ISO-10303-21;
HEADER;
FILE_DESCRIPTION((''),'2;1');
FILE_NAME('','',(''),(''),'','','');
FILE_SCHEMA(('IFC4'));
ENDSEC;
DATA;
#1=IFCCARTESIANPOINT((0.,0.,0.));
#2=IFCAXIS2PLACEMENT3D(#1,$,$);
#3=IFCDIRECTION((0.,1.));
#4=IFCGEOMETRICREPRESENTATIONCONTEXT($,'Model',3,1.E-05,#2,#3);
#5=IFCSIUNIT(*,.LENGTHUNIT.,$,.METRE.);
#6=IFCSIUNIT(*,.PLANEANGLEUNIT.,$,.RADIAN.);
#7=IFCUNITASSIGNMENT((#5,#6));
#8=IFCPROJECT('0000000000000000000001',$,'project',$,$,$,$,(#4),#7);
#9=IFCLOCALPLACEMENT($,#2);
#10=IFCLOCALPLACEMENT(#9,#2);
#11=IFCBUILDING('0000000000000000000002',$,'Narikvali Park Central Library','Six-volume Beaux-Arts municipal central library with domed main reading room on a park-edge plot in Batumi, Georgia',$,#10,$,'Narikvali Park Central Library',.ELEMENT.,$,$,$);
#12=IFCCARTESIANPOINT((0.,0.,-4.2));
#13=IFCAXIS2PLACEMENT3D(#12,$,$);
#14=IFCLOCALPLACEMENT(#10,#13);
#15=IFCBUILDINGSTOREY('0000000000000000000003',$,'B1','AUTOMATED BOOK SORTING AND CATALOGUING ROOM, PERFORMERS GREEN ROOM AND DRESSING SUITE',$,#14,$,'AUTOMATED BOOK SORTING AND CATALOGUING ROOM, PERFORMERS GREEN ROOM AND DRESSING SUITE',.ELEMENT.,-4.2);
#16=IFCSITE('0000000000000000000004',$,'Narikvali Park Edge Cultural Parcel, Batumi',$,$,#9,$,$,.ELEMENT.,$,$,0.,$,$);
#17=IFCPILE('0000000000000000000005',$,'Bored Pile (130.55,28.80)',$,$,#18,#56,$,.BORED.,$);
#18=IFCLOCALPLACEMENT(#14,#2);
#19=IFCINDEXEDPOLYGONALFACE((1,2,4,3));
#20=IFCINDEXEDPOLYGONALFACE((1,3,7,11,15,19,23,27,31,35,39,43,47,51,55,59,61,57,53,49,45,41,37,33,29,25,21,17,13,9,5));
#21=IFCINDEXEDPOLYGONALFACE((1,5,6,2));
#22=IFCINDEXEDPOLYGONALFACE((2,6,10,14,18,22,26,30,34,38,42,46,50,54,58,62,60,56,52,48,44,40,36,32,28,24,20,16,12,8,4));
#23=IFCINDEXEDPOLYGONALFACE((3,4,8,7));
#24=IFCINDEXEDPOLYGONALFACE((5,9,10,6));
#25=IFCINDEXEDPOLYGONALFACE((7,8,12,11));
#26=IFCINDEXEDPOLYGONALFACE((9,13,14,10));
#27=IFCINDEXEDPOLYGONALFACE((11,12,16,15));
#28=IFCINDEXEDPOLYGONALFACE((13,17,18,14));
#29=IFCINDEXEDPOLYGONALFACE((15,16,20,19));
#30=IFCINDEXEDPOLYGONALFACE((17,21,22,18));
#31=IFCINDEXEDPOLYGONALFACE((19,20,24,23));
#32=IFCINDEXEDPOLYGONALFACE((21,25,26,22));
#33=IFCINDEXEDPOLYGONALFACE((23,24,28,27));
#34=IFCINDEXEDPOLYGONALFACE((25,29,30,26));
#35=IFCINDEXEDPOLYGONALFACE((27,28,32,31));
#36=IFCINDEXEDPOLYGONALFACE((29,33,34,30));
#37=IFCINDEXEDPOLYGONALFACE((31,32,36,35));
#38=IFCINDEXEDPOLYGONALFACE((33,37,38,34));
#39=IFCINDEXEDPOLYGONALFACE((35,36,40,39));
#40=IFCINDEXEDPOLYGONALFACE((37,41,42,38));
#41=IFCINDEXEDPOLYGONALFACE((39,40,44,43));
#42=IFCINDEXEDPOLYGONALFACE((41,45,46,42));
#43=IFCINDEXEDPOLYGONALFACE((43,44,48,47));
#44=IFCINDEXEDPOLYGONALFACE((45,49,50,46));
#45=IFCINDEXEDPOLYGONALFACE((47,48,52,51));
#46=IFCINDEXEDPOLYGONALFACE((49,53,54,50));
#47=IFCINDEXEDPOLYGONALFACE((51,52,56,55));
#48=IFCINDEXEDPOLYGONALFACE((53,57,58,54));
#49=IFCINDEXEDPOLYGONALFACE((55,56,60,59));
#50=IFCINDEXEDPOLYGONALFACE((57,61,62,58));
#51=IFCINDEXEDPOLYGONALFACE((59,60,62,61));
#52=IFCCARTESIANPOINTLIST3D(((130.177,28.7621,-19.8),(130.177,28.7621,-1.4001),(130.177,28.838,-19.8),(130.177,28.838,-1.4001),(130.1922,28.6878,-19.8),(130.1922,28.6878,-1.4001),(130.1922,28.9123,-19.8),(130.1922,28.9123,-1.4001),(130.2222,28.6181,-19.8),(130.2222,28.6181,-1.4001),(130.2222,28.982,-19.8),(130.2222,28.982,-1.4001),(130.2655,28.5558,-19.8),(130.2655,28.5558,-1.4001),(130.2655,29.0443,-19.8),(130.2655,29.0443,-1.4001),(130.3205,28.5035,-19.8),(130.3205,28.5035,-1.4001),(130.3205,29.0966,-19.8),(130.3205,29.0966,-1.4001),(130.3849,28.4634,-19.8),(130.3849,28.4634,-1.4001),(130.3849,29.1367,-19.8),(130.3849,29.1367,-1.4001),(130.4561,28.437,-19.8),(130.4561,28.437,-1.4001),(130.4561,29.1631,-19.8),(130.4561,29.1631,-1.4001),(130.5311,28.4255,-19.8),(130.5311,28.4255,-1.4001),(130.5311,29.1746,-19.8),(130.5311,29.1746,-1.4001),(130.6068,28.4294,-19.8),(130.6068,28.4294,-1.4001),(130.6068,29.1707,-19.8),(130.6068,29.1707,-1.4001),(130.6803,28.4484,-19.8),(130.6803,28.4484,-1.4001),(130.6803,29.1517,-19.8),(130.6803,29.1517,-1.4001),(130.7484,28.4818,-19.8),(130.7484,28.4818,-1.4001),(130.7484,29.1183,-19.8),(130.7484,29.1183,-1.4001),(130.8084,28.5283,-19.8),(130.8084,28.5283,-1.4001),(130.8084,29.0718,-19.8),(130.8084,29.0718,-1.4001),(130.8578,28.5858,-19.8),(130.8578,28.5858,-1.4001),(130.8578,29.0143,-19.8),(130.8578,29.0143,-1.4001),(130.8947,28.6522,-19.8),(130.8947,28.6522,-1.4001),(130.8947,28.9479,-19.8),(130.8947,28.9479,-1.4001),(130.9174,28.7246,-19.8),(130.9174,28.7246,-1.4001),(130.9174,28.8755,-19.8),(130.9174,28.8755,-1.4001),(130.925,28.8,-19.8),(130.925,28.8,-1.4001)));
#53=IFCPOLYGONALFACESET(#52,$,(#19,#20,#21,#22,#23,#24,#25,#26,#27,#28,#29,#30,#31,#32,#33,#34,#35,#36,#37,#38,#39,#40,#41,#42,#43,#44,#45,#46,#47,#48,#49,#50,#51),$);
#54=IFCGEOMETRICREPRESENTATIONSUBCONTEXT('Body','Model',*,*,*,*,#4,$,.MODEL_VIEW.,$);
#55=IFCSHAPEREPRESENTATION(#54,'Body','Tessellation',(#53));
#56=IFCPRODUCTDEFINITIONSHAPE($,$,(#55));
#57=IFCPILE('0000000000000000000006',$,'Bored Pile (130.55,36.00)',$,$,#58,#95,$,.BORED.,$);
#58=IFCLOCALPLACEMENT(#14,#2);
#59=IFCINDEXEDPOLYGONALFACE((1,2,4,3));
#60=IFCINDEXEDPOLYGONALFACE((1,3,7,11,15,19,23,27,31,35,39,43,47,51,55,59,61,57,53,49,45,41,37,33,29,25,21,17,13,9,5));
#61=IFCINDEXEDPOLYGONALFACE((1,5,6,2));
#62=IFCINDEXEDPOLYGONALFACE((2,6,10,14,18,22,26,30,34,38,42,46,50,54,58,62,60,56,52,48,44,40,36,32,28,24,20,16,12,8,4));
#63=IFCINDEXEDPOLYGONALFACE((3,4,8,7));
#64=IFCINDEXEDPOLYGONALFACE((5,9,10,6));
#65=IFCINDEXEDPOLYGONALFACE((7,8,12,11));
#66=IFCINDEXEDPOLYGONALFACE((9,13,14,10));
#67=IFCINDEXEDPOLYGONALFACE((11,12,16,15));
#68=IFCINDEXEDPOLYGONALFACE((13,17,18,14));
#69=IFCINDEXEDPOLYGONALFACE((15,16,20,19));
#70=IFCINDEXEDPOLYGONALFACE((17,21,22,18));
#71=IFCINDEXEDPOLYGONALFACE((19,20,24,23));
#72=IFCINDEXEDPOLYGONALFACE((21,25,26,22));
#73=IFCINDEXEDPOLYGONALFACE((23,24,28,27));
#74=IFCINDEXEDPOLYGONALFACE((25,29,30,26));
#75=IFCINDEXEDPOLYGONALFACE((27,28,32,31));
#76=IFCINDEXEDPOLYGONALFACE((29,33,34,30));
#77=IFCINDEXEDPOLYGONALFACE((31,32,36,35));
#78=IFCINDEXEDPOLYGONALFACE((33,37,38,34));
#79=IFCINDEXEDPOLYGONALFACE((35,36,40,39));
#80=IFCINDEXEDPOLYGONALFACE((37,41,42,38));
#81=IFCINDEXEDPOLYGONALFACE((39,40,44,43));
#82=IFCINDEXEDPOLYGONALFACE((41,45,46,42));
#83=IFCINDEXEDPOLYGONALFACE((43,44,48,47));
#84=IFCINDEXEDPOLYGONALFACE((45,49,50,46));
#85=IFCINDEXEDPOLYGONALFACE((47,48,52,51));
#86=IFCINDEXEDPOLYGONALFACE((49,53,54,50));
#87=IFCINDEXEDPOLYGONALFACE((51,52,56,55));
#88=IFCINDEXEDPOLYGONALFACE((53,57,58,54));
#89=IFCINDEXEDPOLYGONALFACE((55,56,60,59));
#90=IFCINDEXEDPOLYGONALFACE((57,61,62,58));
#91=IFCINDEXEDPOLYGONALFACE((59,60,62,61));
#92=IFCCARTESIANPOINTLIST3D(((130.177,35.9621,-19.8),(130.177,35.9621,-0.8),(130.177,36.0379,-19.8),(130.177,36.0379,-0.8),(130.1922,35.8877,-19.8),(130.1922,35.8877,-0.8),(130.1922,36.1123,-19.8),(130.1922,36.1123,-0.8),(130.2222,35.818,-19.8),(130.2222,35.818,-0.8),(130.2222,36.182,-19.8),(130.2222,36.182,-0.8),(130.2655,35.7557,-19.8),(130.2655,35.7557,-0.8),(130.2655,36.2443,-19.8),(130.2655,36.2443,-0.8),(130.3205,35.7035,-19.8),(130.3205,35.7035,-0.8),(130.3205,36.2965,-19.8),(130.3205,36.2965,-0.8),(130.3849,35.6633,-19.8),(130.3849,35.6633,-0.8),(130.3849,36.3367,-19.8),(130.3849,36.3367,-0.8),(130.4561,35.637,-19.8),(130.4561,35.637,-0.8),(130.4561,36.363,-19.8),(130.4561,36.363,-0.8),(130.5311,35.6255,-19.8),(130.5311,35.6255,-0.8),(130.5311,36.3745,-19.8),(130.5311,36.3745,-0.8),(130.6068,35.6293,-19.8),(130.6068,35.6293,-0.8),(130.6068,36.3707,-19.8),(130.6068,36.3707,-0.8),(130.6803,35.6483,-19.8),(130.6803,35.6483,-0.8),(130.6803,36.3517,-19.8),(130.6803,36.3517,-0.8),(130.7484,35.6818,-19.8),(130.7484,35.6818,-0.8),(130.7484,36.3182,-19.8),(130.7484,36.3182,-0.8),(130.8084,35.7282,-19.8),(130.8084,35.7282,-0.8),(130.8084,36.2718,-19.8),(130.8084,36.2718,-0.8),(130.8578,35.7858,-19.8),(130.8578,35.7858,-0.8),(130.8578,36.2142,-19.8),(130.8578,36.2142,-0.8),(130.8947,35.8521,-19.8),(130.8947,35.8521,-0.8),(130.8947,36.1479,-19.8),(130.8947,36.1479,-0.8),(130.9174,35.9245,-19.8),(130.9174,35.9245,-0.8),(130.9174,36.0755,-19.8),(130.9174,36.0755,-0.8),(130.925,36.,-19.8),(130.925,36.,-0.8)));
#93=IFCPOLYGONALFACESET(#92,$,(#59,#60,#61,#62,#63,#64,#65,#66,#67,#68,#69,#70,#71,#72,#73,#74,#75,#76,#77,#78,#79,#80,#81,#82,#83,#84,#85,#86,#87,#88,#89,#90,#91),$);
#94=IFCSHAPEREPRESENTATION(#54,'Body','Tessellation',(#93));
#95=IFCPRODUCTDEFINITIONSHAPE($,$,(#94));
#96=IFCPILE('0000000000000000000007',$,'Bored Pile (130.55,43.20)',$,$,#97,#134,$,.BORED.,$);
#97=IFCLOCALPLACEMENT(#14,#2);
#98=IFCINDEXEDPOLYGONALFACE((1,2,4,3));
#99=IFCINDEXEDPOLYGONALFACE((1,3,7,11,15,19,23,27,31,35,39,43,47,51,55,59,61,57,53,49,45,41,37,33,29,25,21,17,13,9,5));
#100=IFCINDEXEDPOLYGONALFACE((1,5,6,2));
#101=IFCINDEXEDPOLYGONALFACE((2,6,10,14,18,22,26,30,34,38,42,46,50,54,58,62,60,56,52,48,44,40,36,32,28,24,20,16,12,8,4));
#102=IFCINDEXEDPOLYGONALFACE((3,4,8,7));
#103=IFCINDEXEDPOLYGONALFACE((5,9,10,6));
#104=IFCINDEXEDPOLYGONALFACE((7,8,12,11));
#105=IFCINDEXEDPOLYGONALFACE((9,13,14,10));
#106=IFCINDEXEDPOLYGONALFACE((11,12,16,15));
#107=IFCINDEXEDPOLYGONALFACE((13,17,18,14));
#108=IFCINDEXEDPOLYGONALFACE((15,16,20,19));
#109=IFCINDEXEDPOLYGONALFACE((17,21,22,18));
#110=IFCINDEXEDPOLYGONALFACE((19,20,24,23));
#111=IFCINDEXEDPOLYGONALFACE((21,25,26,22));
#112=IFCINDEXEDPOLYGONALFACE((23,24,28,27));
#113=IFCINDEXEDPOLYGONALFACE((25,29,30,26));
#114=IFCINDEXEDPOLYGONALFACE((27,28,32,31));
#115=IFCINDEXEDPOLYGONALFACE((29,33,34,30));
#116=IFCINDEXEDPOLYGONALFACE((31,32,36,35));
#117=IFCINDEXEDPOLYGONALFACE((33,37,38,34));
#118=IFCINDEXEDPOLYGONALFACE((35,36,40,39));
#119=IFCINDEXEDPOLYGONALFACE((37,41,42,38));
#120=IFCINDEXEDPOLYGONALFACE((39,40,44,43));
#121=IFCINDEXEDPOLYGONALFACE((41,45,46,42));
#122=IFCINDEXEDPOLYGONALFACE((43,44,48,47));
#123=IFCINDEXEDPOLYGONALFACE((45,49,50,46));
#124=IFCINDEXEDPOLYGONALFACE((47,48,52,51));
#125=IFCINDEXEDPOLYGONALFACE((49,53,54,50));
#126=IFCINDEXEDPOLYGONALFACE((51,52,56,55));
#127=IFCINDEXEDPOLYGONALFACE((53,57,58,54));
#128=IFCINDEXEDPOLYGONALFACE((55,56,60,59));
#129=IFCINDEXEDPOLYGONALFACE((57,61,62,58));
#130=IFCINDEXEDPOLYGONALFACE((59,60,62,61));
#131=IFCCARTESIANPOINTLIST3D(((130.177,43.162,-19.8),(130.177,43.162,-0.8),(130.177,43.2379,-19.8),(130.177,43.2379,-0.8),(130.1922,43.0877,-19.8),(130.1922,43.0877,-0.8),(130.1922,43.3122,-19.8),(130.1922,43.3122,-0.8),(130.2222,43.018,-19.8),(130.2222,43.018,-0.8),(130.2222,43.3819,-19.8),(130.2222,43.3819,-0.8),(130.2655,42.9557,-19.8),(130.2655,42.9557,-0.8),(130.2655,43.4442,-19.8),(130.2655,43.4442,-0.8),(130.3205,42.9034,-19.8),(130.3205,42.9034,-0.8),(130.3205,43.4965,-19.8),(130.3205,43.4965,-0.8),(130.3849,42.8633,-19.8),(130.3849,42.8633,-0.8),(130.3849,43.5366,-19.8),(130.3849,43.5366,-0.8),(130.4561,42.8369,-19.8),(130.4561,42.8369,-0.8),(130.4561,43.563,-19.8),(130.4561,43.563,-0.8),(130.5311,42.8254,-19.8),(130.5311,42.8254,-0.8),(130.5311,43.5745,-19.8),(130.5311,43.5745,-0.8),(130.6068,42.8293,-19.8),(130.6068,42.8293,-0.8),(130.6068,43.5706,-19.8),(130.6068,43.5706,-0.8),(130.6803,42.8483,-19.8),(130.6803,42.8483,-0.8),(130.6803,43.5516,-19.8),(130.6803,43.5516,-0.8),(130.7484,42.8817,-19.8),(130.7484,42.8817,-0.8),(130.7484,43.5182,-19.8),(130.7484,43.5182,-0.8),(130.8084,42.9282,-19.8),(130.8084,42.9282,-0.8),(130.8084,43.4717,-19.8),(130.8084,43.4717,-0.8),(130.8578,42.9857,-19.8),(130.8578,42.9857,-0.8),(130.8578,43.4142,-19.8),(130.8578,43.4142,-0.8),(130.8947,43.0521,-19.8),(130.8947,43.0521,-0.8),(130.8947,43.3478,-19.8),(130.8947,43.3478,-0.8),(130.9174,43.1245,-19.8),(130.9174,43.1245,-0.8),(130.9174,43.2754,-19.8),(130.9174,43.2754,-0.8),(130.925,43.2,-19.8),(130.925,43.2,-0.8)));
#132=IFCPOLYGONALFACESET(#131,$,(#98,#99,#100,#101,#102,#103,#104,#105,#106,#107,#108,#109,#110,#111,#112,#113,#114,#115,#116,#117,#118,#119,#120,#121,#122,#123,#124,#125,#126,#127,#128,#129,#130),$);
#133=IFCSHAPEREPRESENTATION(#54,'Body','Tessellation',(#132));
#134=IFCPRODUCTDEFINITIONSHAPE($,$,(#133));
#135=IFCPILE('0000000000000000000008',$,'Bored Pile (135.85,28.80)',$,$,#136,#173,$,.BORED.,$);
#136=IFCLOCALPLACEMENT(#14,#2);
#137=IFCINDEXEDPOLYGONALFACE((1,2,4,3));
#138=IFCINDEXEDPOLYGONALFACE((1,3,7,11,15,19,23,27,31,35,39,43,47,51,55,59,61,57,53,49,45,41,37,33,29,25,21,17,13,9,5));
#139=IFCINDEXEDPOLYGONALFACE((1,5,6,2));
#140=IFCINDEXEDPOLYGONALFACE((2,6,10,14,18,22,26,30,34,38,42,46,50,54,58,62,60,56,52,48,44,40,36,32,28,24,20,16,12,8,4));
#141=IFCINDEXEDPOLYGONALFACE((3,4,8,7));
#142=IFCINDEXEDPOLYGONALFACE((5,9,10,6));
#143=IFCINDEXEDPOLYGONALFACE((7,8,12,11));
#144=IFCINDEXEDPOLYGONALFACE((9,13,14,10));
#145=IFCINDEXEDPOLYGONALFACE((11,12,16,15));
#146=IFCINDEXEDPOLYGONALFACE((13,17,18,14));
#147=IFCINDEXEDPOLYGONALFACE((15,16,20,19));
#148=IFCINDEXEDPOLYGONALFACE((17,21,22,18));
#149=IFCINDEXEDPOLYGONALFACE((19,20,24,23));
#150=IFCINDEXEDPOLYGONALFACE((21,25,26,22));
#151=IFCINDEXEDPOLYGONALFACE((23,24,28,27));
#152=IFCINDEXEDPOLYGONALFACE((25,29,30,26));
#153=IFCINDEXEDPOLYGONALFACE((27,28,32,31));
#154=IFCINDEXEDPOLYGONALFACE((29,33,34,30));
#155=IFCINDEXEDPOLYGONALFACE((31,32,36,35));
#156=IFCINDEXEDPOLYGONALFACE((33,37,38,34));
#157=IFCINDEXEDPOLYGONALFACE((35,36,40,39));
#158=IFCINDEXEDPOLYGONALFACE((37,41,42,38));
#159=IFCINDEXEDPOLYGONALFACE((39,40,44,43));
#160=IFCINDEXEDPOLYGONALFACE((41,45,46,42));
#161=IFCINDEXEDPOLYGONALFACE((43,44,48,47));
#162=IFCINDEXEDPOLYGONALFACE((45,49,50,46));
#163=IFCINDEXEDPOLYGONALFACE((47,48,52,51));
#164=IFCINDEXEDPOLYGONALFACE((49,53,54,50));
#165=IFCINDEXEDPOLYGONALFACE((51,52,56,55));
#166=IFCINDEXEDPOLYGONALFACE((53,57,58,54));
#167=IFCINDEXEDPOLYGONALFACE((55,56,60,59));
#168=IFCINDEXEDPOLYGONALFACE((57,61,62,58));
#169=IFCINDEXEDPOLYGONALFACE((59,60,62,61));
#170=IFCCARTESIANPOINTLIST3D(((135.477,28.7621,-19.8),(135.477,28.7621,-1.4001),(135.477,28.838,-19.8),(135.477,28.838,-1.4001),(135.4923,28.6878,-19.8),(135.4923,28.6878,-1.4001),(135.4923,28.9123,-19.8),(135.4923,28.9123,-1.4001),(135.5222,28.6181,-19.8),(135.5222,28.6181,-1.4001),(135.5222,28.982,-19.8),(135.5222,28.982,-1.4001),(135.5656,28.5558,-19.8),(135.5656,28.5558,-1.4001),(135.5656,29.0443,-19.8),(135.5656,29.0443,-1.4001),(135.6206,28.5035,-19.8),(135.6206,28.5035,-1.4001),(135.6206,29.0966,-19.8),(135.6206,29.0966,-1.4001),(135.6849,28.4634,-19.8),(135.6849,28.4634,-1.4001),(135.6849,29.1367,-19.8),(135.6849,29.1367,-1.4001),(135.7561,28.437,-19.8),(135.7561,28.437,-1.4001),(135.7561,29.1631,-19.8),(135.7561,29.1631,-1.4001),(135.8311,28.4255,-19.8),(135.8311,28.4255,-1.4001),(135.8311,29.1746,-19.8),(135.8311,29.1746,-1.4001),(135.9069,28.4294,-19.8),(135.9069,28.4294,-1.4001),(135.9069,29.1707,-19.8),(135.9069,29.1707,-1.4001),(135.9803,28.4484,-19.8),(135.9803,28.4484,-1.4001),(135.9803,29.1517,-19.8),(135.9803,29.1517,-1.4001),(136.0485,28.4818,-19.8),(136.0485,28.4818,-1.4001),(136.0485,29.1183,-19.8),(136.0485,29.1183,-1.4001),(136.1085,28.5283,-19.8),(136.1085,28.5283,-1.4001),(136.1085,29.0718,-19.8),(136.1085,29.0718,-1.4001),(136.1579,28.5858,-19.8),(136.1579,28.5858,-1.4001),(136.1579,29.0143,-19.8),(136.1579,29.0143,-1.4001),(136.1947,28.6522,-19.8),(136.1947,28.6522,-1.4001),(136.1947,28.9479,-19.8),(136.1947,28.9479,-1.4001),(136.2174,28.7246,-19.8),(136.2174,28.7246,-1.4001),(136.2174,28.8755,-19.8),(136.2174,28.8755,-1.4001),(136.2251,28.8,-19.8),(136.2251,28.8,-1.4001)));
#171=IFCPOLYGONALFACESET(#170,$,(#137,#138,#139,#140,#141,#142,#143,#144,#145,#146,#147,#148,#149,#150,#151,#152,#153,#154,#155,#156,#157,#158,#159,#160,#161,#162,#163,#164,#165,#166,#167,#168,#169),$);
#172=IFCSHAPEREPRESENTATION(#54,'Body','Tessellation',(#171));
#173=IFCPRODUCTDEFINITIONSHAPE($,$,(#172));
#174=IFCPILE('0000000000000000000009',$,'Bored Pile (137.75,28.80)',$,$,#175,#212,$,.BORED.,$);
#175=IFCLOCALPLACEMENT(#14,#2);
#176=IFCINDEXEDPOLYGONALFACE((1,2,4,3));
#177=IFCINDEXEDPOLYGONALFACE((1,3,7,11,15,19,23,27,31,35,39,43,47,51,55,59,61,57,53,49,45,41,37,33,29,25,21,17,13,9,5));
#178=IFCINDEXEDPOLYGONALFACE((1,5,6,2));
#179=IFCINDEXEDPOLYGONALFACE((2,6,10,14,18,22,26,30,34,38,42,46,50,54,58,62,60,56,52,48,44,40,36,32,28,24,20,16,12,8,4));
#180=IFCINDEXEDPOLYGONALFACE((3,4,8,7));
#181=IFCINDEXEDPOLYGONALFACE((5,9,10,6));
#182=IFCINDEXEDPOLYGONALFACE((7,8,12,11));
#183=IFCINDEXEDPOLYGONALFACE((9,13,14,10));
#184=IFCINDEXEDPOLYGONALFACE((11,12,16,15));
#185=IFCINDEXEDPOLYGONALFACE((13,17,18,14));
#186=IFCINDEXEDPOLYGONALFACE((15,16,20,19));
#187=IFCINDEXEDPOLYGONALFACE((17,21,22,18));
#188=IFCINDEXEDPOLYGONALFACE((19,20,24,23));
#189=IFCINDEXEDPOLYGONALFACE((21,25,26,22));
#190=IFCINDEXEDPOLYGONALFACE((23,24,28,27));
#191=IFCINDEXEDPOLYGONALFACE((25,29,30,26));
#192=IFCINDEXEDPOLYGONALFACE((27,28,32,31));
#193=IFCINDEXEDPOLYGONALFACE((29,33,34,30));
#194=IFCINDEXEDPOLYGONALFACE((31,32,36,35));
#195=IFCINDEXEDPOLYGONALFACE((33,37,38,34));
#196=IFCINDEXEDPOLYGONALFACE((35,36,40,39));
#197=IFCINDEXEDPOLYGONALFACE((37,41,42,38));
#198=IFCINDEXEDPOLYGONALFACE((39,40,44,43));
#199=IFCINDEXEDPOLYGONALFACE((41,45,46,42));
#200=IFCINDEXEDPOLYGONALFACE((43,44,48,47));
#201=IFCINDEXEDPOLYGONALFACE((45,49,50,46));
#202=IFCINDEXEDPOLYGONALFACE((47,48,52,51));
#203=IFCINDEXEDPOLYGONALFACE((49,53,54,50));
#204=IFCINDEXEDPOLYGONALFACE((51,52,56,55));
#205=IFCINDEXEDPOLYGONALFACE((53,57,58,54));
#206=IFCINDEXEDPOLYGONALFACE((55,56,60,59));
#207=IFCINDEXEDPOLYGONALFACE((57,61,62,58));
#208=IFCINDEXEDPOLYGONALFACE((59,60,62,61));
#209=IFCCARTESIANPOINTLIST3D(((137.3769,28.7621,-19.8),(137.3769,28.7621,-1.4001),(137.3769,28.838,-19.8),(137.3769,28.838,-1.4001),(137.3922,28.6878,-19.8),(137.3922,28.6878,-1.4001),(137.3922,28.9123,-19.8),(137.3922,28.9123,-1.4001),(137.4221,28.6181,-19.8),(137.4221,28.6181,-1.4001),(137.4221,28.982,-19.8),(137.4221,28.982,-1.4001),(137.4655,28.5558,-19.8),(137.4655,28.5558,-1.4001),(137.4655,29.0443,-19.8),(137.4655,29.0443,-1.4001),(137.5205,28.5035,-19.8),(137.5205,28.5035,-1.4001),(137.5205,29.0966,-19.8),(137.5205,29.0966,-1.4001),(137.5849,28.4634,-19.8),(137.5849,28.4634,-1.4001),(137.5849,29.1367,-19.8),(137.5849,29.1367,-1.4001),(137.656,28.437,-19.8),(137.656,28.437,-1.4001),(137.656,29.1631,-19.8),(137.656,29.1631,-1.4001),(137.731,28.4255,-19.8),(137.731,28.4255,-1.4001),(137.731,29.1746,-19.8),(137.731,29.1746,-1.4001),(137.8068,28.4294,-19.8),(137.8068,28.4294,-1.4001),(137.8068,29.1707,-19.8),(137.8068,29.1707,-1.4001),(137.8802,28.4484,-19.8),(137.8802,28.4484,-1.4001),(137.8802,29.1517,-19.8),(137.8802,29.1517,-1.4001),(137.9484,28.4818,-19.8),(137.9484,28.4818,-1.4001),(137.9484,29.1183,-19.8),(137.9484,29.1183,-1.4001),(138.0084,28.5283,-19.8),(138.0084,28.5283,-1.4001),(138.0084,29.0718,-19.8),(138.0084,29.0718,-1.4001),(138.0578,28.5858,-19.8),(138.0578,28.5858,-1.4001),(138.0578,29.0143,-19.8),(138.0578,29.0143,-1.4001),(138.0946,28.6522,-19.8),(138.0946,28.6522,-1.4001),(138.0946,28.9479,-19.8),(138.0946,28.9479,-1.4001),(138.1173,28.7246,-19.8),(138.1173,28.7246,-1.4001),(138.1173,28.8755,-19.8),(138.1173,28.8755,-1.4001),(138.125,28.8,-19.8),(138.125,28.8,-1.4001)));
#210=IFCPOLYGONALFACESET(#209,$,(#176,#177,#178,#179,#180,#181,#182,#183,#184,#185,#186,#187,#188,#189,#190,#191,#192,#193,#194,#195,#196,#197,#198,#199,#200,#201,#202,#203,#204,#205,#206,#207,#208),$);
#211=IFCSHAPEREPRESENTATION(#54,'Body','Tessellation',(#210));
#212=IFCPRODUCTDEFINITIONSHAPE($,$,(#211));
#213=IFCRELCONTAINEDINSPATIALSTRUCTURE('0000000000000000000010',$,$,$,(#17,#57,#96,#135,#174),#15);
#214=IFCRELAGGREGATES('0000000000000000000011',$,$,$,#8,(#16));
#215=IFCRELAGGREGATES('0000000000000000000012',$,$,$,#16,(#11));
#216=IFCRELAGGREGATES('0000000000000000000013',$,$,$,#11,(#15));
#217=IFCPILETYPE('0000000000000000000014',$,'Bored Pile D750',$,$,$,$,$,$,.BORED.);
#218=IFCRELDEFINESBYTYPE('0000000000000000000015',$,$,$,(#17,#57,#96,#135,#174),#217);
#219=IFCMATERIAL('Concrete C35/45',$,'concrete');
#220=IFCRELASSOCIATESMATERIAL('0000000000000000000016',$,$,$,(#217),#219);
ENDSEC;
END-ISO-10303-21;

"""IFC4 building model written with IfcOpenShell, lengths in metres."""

from ifc_helpers import new_model, si_unit, direction, frame, origin, origin_2d, place, context, subcontext, project, spatial, circle, extrude, material, material_profile, profile_set, type_object, element, save


model = new_model("IFC4")

# Units and contexts
model_context = context("Model", 3, precision=1e-05, world=origin(), true_north=direction((0.0, 1.0)))
body_context = subcontext(model_context, "Body", "Model", "MODEL_VIEW")
ifc_project = project(units=[si_unit("LENGTHUNIT", "METRE"), si_unit("PLANEANGLEUNIT", "RADIAN")], contexts=[model_context])

# Site, building, storey
site_placement = place(None, origin())
site = spatial("IfcSite", under=ifc_project, at=site_placement, Name="Narikvali Park Edge Cultural Parcel, Batumi", CompositionType="ELEMENT", RefElevation=0.0)
building_placement = place(site_placement, origin())
building = spatial("IfcBuilding", under=site, at=building_placement, Name="Narikvali Park Central Library", Description="Six-volume Beaux-Arts municipal central library with domed main reading room on a park-edge plot in Batumi, Georgia", LongName="Narikvali Park Central Library", CompositionType="ELEMENT")
storey_placement = place(building_placement, frame((0.0, 0.0, -4.2)))
storey = spatial("IfcBuildingStorey", under=building, at=storey_placement, Name="B1", Description="AUTOMATED BOOK SORTING AND CATALOGUING ROOM, PERFORMERS GREEN ROOM AND DRESSING SUITE", LongName="AUTOMATED BOOK SORTING AND CATALOGUING ROOM, PERFORMERS GREEN ROOM AND DRESSING SUITE", CompositionType="ELEMENT", Elevation=-4.2)

# Piles
ifc_material_1 = material(Name="Concrete C35/45", Category="concrete")
ifc_material_profile_1 = material_profile(ifc_material_1, circle(Radius=0.375, at=origin_2d()), Name="PILE D750")
ifc_profile_set_1 = profile_set([ifc_material_profile_1], Name="Concrete C35/45")
pile_type = type_object("IfcPileType", Name="Bored Pile D750", PredefinedType="BORED", material=ifc_profile_set_1)
pile_1_placement = place(storey_placement, frame((130.55, 28.8, -1.4001), z_axis=(0.0, 0.0, -1.0), x_axis=(1.0, 0.0, 0.0)))
element("IfcPile", 1, at=pile_1_placement, inside=storey, type_object=pile_type, Name="Bored Pile (130.55,28.80)", PredefinedType="BORED", context=body_context, shape_type="SweptSolid", body=[
    extrude(circle(Radius=0.375, at=origin_2d()), origin(), (0.0, 0.0, 1.0), 18.3999),
])
for number, where, z_axis, x_axis, name in (
    (2, (130.55, 36.0, -0.8), (0.0, 0.0, -1.0), (1.0, 0.0, 0.0), "Bored Pile (130.55,36.00)"),
    (3, (130.55, 43.2, -0.8), (0.0, 0.0, -1.0), (1.0, 0.0, 0.0), "Bored Pile (130.55,43.20)"),
):
    element("IfcPile", number, at=place(storey_placement, frame(where, z_axis=z_axis, x_axis=x_axis)), inside=storey, type_object=pile_type, Name=name, PredefinedType="BORED", context=body_context, shape_type="SweptSolid", body=[
        extrude(circle(Radius=0.375, at=origin_2d()), origin(), (0.0, 0.0, 1.0), 19.0),
    ])
for number, where, z_axis, x_axis, name in (
    (4, (135.8501, 28.8, -1.4001), (0.0, 0.0, -1.0), (1.0, 0.0, 0.0), "Bored Pile (135.85,28.80)"),
    (5, (137.75, 28.8, -1.4001), (0.0, 0.0, -1.0), (1.0, 0.0, 0.0), "Bored Pile (137.75,28.80)"),
):
    element("IfcPile", number, at=place(storey_placement, frame(where, z_axis=z_axis, x_axis=x_axis)), inside=storey, type_object=pile_type, Name=name, PredefinedType="BORED", context=body_context, shape_type="SweptSolid", body=[
        extrude(circle(Radius=0.375, at=origin_2d()), origin(), (0.0, 0.0, 1.0), 18.3999),
    ])

save(model, "model.ifc")
